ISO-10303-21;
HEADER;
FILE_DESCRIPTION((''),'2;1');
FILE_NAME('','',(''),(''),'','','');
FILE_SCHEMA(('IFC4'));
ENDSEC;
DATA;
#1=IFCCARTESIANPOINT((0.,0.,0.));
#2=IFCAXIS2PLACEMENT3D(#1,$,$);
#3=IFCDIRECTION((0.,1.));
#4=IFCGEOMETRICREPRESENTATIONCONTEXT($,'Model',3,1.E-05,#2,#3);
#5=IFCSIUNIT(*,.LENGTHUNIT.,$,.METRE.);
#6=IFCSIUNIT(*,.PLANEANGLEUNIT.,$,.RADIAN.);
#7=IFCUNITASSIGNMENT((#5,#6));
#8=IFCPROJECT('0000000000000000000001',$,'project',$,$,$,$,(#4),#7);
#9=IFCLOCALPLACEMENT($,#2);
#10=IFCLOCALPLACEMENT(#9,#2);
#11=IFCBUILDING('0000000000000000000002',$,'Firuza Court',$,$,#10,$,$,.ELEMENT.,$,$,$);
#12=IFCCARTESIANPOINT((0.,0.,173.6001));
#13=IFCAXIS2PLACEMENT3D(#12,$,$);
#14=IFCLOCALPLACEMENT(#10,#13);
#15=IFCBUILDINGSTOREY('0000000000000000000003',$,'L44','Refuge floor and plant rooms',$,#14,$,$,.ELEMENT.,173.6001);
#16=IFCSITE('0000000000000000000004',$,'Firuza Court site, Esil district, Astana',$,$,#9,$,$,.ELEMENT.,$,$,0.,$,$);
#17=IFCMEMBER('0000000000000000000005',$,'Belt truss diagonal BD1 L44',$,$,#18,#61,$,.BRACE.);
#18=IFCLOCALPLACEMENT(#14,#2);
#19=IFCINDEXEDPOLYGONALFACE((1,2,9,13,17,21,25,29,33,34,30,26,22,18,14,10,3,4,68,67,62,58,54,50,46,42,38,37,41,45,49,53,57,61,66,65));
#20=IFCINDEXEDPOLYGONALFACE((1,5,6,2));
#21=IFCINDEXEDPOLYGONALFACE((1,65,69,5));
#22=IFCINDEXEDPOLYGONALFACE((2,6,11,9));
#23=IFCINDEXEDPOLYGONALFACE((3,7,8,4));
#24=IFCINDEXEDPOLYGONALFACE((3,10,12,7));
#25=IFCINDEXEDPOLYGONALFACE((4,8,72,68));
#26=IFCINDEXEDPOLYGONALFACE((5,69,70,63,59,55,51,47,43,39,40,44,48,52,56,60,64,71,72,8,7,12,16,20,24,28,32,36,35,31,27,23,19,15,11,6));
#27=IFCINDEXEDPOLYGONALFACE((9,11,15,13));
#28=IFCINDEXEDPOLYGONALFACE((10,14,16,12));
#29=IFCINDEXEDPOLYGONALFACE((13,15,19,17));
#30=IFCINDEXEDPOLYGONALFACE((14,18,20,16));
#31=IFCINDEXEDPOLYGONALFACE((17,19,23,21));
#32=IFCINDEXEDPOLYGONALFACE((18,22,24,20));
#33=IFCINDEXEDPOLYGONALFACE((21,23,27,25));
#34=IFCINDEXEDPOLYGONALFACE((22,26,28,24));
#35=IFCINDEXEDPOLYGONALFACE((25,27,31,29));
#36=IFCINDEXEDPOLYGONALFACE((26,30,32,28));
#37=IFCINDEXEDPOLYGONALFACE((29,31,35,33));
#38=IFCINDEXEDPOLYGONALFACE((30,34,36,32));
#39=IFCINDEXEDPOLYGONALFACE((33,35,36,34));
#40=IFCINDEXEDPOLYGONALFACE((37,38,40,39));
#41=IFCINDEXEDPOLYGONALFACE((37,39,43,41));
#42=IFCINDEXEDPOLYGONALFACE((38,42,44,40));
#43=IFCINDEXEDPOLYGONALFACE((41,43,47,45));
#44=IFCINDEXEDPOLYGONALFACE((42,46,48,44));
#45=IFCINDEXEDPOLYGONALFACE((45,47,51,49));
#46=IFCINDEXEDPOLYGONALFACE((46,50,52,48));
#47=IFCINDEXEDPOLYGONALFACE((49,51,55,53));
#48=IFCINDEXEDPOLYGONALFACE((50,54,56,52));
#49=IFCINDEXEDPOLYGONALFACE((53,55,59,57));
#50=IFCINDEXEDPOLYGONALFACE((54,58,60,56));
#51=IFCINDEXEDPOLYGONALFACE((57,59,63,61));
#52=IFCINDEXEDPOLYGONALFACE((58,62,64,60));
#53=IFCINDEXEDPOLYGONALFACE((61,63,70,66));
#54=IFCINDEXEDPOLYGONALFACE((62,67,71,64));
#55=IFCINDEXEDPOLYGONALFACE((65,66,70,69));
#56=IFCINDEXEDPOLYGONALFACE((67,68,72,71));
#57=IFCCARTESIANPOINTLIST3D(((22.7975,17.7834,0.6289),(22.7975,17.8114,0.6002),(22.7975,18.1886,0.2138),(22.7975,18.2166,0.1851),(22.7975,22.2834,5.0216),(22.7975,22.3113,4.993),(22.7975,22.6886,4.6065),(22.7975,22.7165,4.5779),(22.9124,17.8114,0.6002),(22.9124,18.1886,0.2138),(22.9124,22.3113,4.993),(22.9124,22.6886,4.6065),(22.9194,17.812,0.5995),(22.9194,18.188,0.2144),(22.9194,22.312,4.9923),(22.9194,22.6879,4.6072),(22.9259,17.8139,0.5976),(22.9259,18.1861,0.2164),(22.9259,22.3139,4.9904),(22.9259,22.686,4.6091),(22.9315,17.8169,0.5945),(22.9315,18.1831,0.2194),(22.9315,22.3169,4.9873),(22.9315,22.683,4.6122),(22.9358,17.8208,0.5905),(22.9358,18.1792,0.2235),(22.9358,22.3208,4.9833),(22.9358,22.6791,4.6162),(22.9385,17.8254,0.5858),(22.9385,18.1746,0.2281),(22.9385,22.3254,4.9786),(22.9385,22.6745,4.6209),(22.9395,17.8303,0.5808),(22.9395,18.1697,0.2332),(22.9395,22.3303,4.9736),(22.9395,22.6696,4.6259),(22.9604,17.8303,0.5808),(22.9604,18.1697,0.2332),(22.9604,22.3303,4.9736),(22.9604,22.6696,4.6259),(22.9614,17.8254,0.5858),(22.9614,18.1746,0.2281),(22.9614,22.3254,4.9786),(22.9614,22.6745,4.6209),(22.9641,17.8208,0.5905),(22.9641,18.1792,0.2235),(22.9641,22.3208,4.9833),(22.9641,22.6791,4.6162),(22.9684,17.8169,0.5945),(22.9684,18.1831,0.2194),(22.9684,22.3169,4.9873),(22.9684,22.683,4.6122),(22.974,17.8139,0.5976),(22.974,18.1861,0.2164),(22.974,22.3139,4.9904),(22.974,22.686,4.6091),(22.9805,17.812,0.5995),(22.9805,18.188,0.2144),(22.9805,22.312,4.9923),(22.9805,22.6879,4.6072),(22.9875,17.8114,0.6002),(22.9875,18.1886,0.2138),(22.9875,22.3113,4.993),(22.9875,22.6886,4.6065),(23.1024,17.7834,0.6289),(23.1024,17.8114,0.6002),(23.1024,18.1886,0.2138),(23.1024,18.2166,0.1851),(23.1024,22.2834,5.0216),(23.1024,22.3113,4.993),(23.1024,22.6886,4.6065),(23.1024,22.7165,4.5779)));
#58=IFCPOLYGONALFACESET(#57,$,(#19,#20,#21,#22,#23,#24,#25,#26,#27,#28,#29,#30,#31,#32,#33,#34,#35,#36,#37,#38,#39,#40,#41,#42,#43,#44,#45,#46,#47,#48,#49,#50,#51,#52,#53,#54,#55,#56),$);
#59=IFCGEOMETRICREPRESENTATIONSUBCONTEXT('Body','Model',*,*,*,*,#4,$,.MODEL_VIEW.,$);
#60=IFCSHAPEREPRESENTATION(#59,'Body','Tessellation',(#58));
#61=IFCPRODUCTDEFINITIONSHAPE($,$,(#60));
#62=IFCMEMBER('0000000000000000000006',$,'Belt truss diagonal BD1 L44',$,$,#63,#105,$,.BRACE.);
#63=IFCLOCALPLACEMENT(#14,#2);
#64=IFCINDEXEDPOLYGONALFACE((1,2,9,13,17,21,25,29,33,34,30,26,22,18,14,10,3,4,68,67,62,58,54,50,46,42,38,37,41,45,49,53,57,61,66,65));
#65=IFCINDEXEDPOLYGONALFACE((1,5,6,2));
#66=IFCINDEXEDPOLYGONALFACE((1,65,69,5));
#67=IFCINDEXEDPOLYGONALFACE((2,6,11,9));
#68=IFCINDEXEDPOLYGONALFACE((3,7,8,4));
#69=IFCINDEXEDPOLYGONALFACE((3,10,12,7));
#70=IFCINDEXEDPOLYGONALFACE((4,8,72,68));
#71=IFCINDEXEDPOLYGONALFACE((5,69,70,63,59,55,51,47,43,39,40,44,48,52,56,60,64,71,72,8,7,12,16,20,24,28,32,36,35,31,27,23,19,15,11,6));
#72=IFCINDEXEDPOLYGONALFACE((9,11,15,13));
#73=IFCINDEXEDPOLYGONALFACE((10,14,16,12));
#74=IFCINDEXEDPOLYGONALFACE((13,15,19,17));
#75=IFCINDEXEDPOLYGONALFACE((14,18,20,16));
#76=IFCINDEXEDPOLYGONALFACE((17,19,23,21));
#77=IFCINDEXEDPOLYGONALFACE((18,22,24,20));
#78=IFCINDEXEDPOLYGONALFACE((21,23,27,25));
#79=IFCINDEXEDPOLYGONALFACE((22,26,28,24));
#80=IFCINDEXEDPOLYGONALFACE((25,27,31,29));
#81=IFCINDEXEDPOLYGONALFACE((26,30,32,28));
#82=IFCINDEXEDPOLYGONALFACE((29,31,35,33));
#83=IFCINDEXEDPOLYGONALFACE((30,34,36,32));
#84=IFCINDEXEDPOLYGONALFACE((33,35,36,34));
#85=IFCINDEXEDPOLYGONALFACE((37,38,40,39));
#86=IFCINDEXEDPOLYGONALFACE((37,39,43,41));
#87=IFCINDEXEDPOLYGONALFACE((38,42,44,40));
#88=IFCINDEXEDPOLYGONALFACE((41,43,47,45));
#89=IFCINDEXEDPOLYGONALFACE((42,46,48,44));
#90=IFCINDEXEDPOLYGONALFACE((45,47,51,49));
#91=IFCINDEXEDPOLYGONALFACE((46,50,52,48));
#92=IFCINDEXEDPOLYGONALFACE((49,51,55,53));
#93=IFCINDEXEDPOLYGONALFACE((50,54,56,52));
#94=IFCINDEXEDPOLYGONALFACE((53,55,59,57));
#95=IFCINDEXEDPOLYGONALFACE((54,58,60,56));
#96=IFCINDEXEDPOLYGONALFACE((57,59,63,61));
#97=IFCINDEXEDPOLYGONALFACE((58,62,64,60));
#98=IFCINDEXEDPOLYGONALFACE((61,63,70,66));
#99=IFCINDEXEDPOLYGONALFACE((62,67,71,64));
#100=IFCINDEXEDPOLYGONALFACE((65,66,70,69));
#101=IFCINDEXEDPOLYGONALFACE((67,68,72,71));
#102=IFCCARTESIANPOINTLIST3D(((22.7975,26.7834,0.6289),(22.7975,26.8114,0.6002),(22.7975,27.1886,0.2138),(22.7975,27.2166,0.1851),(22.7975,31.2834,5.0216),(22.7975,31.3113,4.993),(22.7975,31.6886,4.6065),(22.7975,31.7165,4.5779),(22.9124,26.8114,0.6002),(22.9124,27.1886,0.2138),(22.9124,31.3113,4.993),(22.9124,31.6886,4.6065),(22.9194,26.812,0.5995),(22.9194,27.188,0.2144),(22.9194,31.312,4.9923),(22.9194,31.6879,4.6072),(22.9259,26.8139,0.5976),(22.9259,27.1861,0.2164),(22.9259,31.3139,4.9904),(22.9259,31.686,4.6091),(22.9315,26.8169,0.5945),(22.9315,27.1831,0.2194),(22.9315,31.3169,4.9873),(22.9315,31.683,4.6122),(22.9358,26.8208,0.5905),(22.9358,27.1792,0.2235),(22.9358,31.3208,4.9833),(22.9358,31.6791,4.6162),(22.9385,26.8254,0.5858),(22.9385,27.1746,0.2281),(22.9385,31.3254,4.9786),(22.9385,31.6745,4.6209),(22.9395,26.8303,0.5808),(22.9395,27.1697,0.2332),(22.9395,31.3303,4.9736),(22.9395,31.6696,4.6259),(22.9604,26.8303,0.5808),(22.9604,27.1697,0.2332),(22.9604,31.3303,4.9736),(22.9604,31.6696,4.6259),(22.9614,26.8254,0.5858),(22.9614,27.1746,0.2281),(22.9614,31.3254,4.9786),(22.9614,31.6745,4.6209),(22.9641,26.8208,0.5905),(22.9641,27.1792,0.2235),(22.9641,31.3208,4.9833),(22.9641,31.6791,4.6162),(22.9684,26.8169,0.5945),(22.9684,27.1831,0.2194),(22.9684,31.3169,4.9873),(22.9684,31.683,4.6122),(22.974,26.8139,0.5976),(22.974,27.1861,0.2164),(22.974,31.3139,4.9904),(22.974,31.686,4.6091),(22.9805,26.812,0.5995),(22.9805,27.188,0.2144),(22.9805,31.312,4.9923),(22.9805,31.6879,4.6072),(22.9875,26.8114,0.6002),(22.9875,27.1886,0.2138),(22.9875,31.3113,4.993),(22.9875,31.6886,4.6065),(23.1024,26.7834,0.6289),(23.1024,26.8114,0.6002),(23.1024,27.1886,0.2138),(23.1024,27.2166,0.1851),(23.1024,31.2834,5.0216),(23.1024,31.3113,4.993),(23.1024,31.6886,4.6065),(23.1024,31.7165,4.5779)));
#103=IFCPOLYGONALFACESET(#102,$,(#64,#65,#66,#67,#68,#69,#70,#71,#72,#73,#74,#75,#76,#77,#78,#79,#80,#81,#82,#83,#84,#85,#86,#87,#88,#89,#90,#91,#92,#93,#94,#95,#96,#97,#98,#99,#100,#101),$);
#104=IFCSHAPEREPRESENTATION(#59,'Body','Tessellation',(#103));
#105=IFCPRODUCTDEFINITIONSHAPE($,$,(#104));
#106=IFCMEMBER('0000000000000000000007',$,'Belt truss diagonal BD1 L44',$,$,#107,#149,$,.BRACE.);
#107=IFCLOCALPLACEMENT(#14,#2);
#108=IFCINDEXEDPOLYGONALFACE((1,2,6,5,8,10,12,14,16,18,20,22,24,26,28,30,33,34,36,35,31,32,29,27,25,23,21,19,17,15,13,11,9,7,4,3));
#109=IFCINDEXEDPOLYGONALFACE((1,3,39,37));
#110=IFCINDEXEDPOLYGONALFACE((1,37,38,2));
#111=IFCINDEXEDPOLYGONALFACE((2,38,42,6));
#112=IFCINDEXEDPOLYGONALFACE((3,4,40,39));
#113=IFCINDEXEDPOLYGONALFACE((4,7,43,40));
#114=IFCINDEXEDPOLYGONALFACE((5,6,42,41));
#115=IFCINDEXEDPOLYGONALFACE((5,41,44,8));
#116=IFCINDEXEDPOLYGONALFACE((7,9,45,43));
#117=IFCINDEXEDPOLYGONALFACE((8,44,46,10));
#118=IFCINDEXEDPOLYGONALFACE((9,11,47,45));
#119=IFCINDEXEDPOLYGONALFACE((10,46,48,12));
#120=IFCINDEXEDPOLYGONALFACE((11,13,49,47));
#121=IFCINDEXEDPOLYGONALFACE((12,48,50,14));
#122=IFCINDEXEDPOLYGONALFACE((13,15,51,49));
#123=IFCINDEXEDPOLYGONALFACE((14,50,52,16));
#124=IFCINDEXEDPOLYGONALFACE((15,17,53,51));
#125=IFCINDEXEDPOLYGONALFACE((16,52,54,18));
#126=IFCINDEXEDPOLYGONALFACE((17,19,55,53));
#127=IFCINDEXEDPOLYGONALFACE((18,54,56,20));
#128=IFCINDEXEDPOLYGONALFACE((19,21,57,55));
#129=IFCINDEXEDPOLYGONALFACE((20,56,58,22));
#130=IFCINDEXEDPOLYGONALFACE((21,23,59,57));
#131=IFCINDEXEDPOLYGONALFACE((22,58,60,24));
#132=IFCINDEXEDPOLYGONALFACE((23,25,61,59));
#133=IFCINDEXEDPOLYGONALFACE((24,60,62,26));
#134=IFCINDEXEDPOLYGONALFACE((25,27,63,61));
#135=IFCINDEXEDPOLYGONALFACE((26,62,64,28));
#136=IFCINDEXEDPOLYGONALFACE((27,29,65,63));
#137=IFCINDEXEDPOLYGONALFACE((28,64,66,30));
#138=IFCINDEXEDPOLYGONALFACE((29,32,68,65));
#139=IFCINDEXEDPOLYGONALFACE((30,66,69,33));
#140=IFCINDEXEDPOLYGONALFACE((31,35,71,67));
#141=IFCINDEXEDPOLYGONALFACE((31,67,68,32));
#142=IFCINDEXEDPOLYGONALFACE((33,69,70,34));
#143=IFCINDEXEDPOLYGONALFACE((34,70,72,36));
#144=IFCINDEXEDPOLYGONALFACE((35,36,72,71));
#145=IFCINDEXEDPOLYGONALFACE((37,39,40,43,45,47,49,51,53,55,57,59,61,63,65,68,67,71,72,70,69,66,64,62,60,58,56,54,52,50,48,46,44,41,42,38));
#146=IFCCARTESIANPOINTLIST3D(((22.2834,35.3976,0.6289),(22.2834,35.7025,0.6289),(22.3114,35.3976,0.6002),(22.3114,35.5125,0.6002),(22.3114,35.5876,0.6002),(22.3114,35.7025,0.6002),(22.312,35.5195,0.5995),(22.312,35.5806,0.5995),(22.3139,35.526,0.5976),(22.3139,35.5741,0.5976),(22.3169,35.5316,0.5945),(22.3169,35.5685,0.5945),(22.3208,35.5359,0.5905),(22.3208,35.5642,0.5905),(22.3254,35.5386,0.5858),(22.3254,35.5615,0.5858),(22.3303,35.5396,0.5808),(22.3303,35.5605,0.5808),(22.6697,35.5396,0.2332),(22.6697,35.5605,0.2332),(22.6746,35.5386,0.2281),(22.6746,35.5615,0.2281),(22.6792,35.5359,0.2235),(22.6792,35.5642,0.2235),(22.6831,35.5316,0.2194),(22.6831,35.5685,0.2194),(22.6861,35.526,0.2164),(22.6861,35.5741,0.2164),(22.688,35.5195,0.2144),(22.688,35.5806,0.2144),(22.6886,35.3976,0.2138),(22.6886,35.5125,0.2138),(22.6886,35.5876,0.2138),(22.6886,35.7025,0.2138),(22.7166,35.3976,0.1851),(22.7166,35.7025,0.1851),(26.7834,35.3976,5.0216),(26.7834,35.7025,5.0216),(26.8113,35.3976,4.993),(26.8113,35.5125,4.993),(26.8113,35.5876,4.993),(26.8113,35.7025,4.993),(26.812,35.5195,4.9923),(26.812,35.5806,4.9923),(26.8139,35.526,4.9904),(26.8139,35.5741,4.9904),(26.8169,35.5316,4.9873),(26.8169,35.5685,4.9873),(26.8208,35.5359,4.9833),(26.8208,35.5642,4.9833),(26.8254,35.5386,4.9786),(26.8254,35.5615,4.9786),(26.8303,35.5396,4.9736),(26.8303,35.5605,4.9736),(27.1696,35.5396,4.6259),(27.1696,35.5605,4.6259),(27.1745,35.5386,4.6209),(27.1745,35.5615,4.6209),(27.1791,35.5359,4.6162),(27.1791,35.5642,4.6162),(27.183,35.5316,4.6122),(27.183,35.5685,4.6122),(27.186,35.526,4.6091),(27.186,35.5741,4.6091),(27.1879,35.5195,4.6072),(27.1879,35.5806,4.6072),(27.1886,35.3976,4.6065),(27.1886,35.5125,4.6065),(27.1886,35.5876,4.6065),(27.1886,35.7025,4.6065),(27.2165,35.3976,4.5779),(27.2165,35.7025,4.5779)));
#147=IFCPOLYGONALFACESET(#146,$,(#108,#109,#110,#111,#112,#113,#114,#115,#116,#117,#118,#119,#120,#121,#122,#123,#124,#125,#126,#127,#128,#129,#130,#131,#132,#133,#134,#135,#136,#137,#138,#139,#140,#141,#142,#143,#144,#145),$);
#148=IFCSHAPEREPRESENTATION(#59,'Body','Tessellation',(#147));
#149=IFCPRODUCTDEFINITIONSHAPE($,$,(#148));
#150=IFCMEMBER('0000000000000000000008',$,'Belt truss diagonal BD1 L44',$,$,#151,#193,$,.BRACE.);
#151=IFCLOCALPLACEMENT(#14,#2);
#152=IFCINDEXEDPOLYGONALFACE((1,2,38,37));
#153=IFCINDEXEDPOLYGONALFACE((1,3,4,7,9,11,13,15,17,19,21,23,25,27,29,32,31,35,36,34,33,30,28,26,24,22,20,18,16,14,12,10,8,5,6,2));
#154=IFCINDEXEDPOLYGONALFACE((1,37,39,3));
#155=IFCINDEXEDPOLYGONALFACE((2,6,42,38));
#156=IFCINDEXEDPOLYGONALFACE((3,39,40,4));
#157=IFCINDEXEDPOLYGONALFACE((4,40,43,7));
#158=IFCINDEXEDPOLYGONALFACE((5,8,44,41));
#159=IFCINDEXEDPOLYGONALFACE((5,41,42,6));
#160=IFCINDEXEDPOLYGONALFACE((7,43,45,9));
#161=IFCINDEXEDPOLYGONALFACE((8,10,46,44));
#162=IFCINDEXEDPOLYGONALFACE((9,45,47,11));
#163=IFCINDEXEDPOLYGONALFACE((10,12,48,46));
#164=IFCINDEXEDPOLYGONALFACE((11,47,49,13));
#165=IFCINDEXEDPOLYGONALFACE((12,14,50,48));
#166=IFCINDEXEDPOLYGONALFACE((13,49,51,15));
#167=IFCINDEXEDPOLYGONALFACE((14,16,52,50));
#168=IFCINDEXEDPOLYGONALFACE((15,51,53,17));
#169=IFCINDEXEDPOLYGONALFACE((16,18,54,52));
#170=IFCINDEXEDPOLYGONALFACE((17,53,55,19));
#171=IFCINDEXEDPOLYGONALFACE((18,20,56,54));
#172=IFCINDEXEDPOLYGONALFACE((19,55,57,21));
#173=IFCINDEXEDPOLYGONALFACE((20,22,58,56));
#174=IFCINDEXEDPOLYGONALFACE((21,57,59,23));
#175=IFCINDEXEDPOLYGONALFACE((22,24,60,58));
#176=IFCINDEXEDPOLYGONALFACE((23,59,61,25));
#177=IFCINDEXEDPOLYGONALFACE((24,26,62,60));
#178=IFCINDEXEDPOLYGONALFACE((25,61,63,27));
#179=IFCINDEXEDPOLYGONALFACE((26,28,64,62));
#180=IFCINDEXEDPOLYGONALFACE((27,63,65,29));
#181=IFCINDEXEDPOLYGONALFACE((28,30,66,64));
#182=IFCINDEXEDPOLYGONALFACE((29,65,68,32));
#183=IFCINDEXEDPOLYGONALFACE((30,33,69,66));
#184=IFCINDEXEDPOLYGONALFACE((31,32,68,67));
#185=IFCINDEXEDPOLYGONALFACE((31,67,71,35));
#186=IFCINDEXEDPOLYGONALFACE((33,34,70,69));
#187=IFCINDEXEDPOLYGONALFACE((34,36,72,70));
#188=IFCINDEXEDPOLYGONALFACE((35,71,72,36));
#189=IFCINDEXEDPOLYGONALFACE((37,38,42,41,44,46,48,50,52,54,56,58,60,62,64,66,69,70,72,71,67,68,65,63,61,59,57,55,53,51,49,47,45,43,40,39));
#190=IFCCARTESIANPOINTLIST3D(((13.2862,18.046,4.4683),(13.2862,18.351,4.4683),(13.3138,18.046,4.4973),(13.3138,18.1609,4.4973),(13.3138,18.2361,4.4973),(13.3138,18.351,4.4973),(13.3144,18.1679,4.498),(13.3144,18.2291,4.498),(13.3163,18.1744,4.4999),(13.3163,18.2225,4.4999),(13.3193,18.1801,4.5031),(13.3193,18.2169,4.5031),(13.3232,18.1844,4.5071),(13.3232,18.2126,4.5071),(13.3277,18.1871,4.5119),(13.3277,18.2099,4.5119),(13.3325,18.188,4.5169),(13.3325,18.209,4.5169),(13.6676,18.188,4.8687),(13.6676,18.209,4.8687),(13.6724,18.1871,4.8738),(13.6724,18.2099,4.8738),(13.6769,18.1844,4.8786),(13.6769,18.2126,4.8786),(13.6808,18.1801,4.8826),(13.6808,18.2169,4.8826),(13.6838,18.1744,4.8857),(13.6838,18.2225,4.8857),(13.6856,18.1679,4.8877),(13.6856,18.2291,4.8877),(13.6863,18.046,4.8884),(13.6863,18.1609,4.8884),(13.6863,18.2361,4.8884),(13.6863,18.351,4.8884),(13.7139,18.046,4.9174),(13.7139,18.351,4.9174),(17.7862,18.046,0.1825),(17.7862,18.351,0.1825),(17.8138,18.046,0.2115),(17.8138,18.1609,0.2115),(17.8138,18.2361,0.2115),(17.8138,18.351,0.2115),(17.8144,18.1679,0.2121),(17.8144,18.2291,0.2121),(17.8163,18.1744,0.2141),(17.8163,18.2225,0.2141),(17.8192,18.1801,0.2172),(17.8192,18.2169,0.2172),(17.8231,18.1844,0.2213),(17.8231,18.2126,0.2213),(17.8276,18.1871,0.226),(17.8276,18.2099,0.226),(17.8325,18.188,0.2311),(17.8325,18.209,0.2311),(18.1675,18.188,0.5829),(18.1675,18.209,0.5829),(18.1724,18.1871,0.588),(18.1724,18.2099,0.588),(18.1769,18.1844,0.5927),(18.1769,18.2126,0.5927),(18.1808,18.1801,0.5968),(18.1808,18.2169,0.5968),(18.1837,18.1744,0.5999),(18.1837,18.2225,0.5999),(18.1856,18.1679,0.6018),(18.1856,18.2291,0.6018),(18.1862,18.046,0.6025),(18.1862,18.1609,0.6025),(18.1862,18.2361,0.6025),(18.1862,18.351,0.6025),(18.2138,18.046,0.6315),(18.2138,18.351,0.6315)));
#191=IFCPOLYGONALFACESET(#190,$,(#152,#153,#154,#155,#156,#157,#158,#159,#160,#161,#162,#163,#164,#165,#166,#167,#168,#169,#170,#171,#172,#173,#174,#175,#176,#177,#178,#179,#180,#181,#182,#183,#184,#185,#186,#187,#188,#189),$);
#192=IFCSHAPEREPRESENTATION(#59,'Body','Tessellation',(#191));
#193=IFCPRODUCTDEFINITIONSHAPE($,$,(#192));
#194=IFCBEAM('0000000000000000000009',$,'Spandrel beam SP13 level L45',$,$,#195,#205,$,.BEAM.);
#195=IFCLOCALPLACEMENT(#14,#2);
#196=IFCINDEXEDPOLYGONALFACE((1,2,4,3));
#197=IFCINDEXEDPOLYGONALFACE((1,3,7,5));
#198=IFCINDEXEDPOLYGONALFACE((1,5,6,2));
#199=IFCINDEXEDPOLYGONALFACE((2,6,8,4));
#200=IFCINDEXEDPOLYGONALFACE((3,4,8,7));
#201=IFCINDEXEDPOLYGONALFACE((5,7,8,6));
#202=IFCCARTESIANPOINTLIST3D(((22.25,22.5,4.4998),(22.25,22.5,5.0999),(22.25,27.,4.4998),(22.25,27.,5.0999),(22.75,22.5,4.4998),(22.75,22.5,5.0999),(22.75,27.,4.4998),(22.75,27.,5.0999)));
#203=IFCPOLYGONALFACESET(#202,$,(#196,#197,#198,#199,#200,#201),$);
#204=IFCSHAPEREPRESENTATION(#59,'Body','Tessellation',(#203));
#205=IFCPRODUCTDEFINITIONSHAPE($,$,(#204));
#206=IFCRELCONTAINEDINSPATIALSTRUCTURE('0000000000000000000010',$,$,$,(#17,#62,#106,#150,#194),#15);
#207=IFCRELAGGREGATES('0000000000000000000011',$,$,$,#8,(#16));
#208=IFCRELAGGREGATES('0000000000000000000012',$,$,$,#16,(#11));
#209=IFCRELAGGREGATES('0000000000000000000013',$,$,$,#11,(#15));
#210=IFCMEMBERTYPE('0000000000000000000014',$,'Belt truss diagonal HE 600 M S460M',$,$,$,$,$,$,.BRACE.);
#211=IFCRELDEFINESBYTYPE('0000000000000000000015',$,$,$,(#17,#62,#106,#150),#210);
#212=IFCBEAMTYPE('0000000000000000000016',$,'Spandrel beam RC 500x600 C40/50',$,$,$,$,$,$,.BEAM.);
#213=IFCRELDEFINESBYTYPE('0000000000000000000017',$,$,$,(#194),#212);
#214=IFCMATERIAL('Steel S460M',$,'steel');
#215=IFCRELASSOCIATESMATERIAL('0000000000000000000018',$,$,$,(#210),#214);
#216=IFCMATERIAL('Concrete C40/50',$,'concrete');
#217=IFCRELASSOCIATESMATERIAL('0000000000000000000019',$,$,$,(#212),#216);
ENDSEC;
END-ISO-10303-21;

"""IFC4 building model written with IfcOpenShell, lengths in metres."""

from ifc_helpers import new_model, si_unit, direction, frame, origin, origin_2d, place, context, subcontext, project, spatial, rectangle, i_section, extrude, material, material_profile, profile_set, type_object, element, save


model = new_model("IFC4")

# Units and contexts
model_context = context("Model", 3, precision=1e-05, world=origin(), true_north=direction((0.0, 1.0)))
body_context = subcontext(model_context, "Body", "Model", "MODEL_VIEW")
ifc_project = project(units=[si_unit("LENGTHUNIT", "METRE"), si_unit("PLANEANGLEUNIT", "RADIAN")], contexts=[model_context])

# Site, building, storey
site_placement = place(None, origin())
site = spatial("IfcSite", under=ifc_project, at=site_placement, Name="Firuza Court site, Esil district, Astana", CompositionType="ELEMENT", RefElevation=0.0)
building_placement = place(site_placement, origin())
building = spatial("IfcBuilding", under=site, at=building_placement, Name="Firuza Court", CompositionType="ELEMENT")
storey_placement = place(building_placement, frame((0.0, 0.0, 173.6001)))
storey = spatial("IfcBuildingStorey", under=building, at=storey_placement, Name="L44", Description="Refuge floor and plant rooms", CompositionType="ELEMENT", Elevation=173.6001)

# Members
ifc_material_1 = material(Name="Steel S460M", Category="steel")
ifc_material_profile_1 = material_profile(ifc_material_1, i_section(OverallWidth=0.3049, OverallDepth=0.6201, WebThickness=0.021, FlangeThickness=0.04, FilletRadius=0.0271, at=origin_2d()), Name="HE 600 M")
ifc_profile_set_1 = profile_set([ifc_material_profile_1], Name="Steel S460M")
member_type_1 = type_object("IfcMemberType", Name="Belt truss diagonal HE 600 M S460M", PredefinedType="BRACE", material=ifc_profile_set_1)
for number, where, z_axis, x_axis, name in (
    (1, (22.95, 18.0, 0.407), (0.0, 0.715577, 0.698534), (-1.0, 0.0, 0.0), "Belt truss diagonal BD1 L44"),
    (2, (22.95, 27.0, 0.407), (0.0, 0.715577, 0.698534), (-1.0, 0.0, 0.0), "Belt truss diagonal BD1 L44"),
    (3, (22.5, 35.55, 0.407), (0.715577, 0.0, 0.698534), (0.0, 1.0, 0.0), "Belt truss diagonal BD1 L44"),
):
    element("IfcMember", number, at=place(storey_placement, frame(where, z_axis=z_axis, x_axis=x_axis)), inside=storey, type_object=member_type_1, Name=name, PredefinedType="BRACE", context=body_context, shape_type="SweptSolid", body=[
        extrude(i_section(OverallWidth=0.3049, OverallDepth=0.6201, WebThickness=0.021, FlangeThickness=0.04, FilletRadius=0.0271, at=origin_2d()), origin(), (0.0, 0.0, 1.0), 6.2886),
    ])
member_placement = place(storey_placement, frame((18.0, 18.1985, 0.407), z_axis=(-0.724124, 0.0, 0.68967), x_axis=(0.0, -1.0, 0.0)))
element("IfcMember", 4, at=member_placement, inside=storey, type_object=member_type_1, Name="Belt truss diagonal BD1 L44", PredefinedType="BRACE", context=body_context, shape_type="SweptSolid", body=[
    extrude(i_section(OverallWidth=0.3049, OverallDepth=0.6201, WebThickness=0.021, FlangeThickness=0.04, FilletRadius=0.0271, at=origin_2d()), origin(), (0.0, 0.0, 1.0), 6.2144),
])

# Beam
ifc_material_2 = material(Name="Concrete C40/50", Category="concrete")
ifc_material_profile_2 = material_profile(ifc_material_2, rectangle(XDim=0.5, YDim=0.6001, at=origin_2d()), Name="RC 500x600")
ifc_profile_set_2 = profile_set([ifc_material_profile_2], Name="Concrete C40/50")
beam_type_1 = type_object("IfcBeamType", Name="Spandrel beam RC 500x600 C40/50", PredefinedType="BEAM", material=ifc_profile_set_2)
for number, where, z_axis, x_axis, name in (
    (5, (22.5, 22.5, 4.7998), (0.0, 1.0, 0.0), (-1.0, 0.0, 0.0), "Spandrel beam SP13 level L45"),
):
    element("IfcBeam", number, at=place(storey_placement, frame(where, z_axis=z_axis, x_axis=x_axis)), inside=storey, type_object=beam_type_1, Name=name, PredefinedType="BEAM", context=body_context, shape_type="SweptSolid", body=[
        extrude(rectangle(XDim=0.5, YDim=0.6001, at=origin_2d()), origin(), (0.0, 0.0, 1.0), 4.5),
    ])

save(model, "model.ifc")
